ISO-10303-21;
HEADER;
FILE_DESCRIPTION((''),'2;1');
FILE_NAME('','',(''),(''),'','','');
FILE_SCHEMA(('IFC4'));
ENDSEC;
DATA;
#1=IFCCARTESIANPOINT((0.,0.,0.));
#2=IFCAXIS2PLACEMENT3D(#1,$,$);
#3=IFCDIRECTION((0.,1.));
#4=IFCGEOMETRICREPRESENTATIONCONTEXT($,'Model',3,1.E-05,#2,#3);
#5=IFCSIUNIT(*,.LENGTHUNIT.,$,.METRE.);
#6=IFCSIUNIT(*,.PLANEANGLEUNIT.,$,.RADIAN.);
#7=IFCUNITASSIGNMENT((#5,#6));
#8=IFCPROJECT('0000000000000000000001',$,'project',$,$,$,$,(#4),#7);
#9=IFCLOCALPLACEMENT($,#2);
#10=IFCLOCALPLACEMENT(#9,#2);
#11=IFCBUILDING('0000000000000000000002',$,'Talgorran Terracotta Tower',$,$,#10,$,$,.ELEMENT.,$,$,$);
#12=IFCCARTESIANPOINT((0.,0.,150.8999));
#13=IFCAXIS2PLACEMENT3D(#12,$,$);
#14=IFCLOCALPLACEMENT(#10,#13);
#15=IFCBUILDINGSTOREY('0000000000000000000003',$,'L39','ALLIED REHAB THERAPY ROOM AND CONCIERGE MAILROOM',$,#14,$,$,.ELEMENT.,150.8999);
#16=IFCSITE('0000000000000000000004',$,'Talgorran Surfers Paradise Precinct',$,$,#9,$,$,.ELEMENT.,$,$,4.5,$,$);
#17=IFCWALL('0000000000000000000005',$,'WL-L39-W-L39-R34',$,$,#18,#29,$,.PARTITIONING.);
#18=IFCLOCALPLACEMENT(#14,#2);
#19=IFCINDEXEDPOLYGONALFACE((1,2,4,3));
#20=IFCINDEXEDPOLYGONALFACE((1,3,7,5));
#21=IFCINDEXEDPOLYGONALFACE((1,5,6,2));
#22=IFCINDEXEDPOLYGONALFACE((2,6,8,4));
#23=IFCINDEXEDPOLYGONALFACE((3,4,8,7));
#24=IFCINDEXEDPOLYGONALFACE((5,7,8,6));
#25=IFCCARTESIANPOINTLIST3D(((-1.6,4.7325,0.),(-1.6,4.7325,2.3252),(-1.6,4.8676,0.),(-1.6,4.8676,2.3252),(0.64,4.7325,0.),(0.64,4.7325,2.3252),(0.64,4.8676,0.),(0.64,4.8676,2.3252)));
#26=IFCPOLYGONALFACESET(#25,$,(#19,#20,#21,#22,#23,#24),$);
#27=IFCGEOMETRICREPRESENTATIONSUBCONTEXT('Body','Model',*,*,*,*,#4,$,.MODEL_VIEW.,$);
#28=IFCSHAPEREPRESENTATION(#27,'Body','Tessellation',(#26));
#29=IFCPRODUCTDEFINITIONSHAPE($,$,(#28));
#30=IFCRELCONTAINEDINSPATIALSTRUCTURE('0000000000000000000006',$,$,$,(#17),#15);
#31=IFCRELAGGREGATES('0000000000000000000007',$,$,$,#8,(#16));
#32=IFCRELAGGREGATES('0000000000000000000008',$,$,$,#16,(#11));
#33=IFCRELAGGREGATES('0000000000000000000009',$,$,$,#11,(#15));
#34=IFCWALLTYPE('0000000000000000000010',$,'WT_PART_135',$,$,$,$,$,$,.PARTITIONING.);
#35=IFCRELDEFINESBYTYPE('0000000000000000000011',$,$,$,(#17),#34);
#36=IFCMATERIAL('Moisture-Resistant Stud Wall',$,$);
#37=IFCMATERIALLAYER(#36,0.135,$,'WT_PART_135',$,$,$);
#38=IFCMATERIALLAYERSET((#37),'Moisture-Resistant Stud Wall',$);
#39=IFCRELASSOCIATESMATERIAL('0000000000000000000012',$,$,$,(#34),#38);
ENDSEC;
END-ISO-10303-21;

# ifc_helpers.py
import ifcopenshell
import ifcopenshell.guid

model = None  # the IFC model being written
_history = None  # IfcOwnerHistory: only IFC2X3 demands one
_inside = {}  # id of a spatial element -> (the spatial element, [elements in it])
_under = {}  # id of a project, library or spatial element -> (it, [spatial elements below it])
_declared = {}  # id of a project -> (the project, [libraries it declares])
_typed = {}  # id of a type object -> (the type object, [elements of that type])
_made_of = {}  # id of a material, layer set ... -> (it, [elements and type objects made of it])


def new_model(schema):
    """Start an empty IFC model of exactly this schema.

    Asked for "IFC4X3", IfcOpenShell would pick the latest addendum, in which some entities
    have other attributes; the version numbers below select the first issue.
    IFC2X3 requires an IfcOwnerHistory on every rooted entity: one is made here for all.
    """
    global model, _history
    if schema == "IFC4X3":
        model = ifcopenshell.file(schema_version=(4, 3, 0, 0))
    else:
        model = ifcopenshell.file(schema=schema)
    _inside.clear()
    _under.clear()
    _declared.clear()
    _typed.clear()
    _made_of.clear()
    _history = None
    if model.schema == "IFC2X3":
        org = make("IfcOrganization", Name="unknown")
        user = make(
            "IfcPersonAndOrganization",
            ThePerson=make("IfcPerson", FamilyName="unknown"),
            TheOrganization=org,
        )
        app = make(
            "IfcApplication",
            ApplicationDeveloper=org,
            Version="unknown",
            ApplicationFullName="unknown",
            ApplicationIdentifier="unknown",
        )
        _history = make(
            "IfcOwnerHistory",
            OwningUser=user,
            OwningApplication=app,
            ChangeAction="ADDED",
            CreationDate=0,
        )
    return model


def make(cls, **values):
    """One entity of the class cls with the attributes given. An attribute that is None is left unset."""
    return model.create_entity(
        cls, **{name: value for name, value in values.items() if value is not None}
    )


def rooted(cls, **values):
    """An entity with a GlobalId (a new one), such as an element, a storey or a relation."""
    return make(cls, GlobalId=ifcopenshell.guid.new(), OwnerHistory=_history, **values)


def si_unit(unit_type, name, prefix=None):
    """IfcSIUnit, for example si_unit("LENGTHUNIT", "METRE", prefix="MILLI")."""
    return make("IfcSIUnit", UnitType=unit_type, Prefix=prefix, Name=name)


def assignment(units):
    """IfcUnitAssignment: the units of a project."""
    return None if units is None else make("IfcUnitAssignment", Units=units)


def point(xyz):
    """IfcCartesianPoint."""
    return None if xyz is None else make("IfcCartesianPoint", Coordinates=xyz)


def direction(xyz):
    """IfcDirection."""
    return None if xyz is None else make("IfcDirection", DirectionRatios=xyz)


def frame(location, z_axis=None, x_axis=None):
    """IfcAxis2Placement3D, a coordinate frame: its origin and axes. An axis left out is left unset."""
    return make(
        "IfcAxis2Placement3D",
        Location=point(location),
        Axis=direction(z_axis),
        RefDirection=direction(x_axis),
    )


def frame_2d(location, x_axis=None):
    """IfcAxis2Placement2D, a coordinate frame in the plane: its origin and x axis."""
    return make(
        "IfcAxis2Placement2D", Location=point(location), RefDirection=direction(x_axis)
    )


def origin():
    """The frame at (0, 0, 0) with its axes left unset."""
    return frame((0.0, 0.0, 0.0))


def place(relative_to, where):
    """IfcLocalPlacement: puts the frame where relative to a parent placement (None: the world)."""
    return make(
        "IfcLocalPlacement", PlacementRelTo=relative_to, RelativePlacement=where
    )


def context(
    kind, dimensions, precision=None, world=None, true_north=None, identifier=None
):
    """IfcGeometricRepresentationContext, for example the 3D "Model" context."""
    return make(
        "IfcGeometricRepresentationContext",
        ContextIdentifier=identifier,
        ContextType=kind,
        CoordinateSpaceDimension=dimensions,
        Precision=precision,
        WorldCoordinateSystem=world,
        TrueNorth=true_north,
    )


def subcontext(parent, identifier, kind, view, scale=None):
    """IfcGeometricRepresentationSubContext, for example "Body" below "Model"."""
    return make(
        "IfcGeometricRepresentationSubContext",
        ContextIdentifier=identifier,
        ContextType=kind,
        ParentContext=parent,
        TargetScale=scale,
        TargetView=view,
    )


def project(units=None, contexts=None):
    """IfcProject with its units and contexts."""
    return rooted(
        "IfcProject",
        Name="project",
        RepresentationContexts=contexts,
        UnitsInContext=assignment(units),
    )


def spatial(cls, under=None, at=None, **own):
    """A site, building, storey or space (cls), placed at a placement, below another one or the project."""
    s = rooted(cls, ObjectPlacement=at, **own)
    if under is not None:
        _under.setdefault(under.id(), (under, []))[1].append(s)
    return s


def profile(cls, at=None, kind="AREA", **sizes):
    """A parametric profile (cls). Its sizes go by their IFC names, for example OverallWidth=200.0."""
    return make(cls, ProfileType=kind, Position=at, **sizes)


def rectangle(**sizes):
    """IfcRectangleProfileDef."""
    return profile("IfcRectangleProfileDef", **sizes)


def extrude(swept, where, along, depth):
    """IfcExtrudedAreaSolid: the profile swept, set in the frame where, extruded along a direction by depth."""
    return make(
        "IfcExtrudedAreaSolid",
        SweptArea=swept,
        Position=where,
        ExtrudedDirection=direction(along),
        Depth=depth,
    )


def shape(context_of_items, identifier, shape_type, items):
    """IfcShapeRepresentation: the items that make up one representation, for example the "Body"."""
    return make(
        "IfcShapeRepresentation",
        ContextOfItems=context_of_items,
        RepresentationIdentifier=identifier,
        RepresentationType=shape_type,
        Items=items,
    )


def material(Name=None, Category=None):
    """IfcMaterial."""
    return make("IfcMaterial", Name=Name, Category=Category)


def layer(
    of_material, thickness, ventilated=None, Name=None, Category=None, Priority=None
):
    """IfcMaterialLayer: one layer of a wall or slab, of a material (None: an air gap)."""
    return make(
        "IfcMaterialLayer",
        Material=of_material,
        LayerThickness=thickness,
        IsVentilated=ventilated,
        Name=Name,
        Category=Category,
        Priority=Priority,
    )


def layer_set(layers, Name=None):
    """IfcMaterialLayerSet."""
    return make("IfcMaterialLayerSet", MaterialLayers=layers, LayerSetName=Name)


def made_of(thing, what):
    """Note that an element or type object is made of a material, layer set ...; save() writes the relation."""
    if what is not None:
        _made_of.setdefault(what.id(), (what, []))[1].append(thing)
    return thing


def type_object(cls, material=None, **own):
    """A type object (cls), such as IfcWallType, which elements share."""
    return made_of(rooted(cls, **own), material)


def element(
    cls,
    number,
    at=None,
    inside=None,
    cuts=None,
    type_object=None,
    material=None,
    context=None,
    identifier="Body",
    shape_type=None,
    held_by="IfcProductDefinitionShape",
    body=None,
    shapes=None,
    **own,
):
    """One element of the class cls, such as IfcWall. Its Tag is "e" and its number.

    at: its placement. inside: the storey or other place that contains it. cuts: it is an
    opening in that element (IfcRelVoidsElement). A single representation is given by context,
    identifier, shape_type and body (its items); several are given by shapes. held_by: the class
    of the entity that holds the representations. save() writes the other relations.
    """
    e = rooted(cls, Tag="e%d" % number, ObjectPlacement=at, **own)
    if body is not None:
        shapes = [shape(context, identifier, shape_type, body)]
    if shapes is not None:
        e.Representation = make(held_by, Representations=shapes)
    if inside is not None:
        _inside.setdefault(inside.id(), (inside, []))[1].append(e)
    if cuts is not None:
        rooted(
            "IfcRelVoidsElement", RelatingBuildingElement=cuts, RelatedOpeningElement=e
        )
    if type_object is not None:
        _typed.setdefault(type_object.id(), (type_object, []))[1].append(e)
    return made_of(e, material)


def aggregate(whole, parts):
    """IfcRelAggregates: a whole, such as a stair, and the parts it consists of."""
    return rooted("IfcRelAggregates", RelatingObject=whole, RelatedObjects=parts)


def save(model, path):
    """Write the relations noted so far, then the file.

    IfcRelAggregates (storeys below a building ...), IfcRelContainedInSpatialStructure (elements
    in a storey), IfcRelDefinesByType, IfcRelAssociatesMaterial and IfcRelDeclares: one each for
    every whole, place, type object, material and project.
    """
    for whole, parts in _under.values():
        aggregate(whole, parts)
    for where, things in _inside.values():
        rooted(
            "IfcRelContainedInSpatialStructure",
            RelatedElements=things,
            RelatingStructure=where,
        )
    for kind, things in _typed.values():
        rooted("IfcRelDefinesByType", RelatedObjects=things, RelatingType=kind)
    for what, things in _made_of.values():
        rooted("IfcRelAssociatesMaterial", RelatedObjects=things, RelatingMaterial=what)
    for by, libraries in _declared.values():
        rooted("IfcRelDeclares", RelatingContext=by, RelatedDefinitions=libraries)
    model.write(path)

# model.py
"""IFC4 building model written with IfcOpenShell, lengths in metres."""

from ifc_helpers import new_model, si_unit, direction, frame, frame_2d, origin, place, context, subcontext, project, spatial, rectangle, extrude, material, layer, layer_set, type_object, element, save


model = new_model("IFC4")

# Units and contexts
model_context = context("Model", 3, precision=1e-05, world=origin(), true_north=direction((0.0, 1.0)))
body_context = subcontext(model_context, "Body", "Model", "MODEL_VIEW")
ifc_project = project(units=[si_unit("LENGTHUNIT", "METRE"), si_unit("PLANEANGLEUNIT", "RADIAN")], contexts=[model_context])

# Site, building, storey
site_placement = place(None, origin())
site = spatial("IfcSite", under=ifc_project, at=site_placement, Name="Talgorran Surfers Paradise Precinct", CompositionType="ELEMENT", RefElevation=4.5)
building_placement = place(site_placement, origin())
building = spatial("IfcBuilding", under=site, at=building_placement, Name="Talgorran Terracotta Tower", CompositionType="ELEMENT")
storey_placement = place(building_placement, frame((0.0, 0.0, 150.8999)))
storey = spatial("IfcBuildingStorey", under=building, at=storey_placement, Name="L39", Description="ALLIED REHAB THERAPY ROOM AND CONCIERGE MAILROOM", CompositionType="ELEMENT", Elevation=150.8999)

# Wall
ifc_material_1 = material(Name="Moisture-Resistant Stud Wall")
ifc_layer_1 = layer(ifc_material_1, 0.135, Name="WT_PART_135")
ifc_layer_set_1 = layer_set([ifc_layer_1], Name="Moisture-Resistant Stud Wall")
wall_type_1 = type_object("IfcWallType", Name="WT_PART_135", PredefinedType="PARTITIONING", material=ifc_layer_set_1)
wall_1_placement = place(storey_placement, frame((-1.6001, 4.8, 0.0), z_axis=(0.0, 0.0, 1.0), x_axis=(1.0, 0.0, 0.0)))
element("IfcWall", 1, at=wall_1_placement, inside=storey, type_object=wall_type_1, Name="WL-L39-W-L39-R34", PredefinedType="PARTITIONING", context=body_context, shape_type="SweptSolid", body=[
    extrude(rectangle(XDim=2.24, YDim=0.135, at=frame_2d((1.1201, 0.0))), origin(), (0.0, 0.0, 1.0), 2.3252),
])

save(model, "model.ifc")
